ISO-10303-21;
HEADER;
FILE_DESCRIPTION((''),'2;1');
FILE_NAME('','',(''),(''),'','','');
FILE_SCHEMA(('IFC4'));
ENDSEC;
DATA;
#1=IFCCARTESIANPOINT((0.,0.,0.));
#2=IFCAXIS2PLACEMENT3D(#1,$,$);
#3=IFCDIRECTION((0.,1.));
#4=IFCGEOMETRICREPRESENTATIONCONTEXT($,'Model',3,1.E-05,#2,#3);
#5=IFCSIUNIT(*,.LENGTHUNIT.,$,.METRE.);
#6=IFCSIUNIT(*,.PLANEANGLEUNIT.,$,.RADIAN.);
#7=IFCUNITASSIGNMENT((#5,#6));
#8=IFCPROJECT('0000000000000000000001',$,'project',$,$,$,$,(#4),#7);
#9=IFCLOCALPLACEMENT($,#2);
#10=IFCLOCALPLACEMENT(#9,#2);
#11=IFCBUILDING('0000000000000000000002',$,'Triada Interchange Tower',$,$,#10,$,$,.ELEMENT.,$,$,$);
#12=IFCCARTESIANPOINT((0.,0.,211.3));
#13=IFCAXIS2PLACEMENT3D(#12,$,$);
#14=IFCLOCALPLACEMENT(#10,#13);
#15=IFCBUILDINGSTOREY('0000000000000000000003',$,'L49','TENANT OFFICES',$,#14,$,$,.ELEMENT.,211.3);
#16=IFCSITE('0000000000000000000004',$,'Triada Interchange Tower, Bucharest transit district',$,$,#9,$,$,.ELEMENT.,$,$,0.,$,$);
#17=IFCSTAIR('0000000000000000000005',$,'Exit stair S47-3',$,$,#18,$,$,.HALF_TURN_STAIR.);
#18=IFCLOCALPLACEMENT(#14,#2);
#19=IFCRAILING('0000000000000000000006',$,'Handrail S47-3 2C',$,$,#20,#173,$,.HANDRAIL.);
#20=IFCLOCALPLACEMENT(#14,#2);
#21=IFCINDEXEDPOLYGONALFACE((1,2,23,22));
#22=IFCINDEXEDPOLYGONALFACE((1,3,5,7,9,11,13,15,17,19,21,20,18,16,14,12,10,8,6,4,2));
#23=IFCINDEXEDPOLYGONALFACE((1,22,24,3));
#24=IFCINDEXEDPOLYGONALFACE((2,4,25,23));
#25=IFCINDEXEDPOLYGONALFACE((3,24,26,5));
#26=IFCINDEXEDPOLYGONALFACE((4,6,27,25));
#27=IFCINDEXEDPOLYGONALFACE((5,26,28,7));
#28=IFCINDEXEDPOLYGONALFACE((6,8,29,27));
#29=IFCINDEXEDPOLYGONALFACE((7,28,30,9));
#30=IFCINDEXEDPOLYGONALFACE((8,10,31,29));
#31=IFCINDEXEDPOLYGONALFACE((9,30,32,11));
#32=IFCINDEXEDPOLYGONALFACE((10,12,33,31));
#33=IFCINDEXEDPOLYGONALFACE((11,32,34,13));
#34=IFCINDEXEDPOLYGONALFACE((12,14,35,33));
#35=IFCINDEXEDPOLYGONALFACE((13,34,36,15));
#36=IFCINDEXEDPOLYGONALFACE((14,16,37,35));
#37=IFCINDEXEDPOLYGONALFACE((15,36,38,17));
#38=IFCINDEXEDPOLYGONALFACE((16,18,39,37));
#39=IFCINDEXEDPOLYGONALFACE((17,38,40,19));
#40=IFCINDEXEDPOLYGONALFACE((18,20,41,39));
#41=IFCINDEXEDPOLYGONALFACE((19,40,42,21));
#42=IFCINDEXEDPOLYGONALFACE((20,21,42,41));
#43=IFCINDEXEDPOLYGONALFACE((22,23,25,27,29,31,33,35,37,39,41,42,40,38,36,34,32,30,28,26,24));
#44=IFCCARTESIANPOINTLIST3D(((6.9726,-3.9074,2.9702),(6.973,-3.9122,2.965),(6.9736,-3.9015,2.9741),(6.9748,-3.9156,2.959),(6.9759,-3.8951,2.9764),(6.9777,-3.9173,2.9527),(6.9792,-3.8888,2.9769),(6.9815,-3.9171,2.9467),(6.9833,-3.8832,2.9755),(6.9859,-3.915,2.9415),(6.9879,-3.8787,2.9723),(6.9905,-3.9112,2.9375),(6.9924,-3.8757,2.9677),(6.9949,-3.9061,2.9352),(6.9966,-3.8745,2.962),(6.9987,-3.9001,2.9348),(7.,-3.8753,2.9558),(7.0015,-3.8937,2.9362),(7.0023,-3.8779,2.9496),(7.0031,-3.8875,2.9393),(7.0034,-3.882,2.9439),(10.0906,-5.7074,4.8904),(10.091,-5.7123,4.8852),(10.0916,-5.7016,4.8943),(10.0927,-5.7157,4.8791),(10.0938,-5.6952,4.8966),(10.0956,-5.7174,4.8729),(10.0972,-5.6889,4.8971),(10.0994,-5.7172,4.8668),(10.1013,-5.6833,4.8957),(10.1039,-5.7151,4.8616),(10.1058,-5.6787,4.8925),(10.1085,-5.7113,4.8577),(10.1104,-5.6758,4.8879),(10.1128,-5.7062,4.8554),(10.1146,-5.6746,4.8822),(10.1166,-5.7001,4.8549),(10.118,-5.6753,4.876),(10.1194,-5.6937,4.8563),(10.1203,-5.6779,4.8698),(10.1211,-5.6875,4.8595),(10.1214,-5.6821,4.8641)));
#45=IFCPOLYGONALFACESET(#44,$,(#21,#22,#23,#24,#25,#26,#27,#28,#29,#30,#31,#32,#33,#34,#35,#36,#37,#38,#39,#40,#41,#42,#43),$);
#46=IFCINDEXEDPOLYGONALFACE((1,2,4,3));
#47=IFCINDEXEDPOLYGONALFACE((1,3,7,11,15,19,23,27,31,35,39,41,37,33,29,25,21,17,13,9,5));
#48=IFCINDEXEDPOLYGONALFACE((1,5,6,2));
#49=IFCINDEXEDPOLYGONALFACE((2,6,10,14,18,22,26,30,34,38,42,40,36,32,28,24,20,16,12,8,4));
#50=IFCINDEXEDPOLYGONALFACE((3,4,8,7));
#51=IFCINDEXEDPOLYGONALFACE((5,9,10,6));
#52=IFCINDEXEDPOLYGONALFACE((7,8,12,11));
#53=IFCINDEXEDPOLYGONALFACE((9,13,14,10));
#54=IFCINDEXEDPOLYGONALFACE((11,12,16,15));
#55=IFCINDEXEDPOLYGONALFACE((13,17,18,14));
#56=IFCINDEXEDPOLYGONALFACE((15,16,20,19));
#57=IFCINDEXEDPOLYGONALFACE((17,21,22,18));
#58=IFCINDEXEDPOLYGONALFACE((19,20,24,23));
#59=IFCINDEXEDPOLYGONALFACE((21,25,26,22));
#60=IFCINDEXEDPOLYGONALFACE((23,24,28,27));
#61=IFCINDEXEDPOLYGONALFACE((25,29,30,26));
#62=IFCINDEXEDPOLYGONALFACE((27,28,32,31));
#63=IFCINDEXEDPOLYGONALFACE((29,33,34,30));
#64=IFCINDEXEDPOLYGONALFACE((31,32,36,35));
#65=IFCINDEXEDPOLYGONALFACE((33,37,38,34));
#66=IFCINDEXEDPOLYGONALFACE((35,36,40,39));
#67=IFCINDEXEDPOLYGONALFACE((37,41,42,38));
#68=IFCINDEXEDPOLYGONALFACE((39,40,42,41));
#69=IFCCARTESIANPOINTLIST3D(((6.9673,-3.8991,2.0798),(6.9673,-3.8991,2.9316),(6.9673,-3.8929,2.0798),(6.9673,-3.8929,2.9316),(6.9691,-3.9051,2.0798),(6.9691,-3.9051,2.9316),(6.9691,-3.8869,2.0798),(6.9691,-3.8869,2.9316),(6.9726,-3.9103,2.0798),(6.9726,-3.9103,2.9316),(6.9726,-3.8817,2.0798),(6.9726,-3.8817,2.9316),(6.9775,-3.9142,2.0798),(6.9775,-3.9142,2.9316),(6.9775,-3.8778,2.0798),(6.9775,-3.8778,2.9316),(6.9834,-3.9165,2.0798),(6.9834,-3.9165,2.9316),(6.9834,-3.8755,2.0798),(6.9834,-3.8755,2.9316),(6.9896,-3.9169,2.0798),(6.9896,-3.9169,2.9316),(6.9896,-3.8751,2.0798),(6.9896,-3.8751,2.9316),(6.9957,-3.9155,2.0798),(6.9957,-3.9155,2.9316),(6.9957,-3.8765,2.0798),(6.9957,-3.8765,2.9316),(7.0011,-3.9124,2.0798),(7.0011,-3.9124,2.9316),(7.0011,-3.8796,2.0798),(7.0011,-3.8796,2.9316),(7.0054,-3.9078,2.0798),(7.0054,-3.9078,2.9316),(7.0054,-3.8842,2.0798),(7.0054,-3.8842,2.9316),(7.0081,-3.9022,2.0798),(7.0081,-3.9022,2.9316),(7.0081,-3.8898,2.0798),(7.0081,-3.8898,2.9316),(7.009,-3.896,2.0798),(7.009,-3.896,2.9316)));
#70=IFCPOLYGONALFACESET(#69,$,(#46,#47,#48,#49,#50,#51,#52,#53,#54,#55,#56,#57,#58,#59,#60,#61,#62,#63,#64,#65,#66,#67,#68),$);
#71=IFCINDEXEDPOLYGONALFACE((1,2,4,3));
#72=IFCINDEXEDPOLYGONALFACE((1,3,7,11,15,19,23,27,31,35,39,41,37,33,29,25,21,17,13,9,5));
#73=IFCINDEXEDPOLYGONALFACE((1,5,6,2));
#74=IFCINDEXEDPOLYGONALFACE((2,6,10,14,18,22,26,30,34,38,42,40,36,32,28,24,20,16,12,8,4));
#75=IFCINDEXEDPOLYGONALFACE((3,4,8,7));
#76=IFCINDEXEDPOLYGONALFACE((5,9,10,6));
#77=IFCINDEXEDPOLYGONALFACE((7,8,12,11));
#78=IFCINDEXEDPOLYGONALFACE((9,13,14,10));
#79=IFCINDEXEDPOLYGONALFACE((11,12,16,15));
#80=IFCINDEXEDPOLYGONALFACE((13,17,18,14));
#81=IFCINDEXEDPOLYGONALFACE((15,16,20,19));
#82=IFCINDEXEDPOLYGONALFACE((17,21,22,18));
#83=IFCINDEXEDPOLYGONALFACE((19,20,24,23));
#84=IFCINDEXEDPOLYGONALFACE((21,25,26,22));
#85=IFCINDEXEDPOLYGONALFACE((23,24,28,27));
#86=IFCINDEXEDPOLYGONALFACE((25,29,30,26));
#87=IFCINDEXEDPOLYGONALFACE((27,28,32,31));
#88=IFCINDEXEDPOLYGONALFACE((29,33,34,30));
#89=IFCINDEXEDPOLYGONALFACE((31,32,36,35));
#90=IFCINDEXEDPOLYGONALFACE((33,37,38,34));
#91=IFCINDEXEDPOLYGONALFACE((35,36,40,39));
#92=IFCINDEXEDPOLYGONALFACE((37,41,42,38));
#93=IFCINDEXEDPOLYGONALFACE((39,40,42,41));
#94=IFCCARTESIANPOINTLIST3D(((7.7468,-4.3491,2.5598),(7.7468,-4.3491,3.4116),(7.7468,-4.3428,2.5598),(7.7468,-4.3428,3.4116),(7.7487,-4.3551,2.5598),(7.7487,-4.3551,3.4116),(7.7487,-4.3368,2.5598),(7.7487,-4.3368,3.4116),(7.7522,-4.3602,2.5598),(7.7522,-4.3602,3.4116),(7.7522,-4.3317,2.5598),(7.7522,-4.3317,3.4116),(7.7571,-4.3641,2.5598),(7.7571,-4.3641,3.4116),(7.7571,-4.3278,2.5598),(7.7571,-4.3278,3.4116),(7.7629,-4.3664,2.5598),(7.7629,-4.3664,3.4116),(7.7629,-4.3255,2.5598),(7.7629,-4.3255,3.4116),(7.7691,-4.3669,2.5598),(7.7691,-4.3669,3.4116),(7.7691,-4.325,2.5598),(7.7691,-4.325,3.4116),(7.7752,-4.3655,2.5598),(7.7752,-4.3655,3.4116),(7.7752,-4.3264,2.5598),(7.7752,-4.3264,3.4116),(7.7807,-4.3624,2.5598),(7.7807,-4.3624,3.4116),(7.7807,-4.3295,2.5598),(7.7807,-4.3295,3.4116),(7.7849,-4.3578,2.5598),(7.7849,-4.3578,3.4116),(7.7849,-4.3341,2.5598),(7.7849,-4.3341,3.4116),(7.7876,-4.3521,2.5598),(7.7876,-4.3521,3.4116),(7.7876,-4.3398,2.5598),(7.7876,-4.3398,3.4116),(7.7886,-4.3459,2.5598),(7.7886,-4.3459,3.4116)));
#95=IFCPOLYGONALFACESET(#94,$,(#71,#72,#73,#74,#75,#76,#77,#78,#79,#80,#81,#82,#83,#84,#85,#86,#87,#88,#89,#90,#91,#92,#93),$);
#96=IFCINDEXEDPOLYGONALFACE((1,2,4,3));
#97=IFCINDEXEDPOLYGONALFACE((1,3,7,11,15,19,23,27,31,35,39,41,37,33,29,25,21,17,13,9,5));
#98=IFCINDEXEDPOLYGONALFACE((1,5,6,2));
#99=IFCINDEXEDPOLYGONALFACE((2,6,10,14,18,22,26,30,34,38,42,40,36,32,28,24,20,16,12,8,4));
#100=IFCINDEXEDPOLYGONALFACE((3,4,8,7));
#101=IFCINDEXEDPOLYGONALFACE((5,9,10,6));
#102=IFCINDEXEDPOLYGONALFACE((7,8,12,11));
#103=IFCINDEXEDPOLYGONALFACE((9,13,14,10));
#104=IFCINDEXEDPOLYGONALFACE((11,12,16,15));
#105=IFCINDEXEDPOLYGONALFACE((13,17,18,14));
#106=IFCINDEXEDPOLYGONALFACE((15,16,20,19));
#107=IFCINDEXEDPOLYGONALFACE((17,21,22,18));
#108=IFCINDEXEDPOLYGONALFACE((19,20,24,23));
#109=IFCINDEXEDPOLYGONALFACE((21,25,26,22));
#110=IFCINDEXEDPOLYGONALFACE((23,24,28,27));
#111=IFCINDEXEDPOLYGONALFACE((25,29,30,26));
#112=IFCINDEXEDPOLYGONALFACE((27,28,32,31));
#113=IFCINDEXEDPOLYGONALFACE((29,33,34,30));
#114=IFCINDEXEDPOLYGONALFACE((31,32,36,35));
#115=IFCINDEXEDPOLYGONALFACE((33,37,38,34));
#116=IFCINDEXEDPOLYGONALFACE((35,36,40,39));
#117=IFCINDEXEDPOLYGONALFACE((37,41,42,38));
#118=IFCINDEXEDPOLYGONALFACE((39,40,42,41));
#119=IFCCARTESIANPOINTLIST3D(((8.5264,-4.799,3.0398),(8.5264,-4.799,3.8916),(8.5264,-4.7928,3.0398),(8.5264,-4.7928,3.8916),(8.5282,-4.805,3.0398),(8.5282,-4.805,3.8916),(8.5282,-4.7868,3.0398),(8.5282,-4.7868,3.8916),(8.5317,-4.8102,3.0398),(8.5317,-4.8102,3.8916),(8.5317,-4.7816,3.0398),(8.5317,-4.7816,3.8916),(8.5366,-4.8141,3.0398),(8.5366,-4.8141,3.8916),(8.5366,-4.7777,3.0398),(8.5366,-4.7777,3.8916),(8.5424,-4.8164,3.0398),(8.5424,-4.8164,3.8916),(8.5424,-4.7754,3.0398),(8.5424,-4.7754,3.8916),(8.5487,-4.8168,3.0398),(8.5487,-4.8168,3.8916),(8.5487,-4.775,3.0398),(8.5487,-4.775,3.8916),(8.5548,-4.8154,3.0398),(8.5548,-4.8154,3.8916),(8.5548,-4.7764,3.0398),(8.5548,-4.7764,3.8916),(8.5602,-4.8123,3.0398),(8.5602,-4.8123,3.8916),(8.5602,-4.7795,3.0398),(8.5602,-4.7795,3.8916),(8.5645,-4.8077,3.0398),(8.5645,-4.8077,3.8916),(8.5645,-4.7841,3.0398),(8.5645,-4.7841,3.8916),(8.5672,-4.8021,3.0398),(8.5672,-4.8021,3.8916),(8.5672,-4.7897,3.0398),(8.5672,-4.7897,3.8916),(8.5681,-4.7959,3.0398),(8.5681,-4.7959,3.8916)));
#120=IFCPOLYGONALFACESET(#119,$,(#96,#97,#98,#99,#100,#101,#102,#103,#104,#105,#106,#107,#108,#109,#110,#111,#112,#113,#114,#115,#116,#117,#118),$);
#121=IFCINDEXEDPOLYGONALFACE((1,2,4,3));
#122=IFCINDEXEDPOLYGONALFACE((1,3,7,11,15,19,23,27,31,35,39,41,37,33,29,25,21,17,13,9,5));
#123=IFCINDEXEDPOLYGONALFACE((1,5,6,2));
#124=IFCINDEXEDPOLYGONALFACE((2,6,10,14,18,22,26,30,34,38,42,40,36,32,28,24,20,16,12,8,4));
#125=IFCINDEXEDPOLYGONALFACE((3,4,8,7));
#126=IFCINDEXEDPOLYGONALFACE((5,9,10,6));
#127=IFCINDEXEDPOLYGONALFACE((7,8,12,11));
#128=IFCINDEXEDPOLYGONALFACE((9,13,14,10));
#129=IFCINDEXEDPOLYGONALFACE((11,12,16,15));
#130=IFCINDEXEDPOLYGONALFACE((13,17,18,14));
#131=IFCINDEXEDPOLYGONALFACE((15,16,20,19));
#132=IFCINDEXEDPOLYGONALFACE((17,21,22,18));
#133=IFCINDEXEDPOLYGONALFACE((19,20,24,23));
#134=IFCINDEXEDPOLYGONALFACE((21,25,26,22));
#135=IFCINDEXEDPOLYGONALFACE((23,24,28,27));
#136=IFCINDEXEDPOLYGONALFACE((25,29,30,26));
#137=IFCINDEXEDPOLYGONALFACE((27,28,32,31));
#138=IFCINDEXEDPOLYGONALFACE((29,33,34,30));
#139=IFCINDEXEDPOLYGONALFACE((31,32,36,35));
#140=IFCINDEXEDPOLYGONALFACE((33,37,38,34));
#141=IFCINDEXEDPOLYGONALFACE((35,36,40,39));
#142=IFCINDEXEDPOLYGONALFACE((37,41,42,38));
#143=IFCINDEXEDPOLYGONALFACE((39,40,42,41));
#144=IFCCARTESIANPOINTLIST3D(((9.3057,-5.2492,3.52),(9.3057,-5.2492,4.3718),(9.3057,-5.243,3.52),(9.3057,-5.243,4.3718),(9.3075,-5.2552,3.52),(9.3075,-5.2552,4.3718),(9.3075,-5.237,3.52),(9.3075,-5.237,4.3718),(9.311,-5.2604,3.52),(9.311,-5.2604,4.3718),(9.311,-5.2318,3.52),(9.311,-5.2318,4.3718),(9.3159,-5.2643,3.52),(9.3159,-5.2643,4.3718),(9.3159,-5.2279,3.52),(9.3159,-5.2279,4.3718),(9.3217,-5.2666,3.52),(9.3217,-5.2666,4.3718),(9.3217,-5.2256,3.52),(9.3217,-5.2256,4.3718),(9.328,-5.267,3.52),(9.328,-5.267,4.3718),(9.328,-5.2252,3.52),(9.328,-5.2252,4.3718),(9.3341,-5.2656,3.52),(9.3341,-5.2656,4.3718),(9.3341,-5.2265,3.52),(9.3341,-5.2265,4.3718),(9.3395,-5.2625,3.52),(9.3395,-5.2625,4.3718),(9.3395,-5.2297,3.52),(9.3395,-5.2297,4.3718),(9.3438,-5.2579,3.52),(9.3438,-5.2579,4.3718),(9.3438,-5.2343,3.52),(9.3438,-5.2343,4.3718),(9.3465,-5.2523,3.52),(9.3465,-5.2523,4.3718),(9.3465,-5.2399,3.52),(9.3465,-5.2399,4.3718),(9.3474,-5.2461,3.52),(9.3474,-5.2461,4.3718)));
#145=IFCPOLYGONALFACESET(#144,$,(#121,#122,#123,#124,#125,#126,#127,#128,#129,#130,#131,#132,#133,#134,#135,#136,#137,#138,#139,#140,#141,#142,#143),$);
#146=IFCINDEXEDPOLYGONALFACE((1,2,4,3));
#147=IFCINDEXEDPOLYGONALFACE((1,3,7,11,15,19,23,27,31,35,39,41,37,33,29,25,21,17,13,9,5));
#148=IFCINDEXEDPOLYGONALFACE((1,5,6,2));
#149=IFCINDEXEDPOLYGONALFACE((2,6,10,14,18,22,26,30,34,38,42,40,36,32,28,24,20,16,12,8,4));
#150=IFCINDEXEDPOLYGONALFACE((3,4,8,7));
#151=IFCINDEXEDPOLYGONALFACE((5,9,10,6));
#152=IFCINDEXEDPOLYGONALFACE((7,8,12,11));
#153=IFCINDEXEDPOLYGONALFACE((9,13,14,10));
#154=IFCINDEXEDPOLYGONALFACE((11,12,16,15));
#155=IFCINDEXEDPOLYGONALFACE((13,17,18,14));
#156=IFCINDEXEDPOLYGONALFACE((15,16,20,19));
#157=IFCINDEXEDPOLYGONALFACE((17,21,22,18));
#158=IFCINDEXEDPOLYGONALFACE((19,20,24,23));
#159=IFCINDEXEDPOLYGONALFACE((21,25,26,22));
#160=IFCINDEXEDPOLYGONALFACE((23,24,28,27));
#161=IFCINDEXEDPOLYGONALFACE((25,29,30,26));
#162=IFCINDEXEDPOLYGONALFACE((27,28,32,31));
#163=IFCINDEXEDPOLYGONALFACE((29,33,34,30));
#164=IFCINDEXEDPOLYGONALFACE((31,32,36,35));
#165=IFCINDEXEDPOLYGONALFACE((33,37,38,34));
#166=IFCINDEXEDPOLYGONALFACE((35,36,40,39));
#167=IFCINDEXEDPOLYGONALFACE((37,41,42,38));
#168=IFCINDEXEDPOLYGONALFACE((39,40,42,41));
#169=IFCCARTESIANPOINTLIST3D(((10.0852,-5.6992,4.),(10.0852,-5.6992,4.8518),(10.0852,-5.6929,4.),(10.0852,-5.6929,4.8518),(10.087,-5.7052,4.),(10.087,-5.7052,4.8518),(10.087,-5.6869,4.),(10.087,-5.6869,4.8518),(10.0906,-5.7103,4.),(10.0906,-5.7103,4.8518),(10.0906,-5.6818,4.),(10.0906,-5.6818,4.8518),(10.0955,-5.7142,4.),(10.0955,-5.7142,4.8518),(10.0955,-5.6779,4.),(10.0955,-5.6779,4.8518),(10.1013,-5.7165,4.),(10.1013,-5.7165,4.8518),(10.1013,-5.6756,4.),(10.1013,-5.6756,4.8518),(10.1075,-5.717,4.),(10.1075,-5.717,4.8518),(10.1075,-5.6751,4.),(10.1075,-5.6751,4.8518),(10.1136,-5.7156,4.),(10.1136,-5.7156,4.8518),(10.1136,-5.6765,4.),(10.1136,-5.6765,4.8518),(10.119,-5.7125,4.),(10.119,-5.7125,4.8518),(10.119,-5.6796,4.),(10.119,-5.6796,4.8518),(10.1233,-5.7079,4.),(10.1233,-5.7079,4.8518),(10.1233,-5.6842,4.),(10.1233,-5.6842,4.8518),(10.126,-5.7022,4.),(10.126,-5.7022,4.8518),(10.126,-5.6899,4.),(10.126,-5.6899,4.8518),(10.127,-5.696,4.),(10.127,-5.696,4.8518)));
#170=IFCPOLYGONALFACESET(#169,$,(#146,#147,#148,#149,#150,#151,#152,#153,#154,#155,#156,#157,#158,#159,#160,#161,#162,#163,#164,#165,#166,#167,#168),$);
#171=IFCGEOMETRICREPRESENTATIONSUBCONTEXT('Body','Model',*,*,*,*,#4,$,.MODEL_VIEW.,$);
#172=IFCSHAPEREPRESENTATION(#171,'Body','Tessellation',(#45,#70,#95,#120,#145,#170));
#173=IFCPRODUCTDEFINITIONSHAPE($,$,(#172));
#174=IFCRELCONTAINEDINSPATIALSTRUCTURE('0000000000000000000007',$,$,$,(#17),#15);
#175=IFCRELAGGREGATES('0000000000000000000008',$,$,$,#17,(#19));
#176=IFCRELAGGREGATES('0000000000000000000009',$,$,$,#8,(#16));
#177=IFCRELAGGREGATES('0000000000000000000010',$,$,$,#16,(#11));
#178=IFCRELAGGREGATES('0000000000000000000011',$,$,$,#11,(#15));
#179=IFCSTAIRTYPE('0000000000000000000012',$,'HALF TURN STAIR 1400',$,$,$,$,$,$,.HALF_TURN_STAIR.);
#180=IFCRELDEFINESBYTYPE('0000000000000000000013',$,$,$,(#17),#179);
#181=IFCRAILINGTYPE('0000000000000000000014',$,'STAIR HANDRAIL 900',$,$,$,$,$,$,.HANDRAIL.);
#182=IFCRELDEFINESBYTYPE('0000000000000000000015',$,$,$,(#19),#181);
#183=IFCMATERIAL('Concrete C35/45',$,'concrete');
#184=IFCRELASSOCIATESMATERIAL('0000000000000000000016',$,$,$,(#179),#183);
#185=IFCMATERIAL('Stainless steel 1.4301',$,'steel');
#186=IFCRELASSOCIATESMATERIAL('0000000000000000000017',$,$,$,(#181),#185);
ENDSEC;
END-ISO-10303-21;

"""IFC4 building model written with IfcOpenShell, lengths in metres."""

from ifc_helpers import new_model, si_unit, direction, frame, origin, origin_2d, place, context, subcontext, project, spatial, circle, extrude, material, type_object, element, aggregate, save


model = new_model("IFC4")

# Units and contexts
model_context = context("Model", 3, precision=1e-05, world=origin(), true_north=direction((0.0, 1.0)))
body_context = subcontext(model_context, "Body", "Model", "MODEL_VIEW")
ifc_project = project(units=[si_unit("LENGTHUNIT", "METRE"), si_unit("PLANEANGLEUNIT", "RADIAN")], contexts=[model_context])

# Site, building, storey
site_placement = place(None, origin())
site = spatial("IfcSite", under=ifc_project, at=site_placement, Name="Triada Interchange Tower, Bucharest transit district", CompositionType="ELEMENT", RefElevation=0.0)
building_placement = place(site_placement, origin())
building = spatial("IfcBuilding", under=site, at=building_placement, Name="Triada Interchange Tower", CompositionType="ELEMENT")
storey_placement = place(building_placement, frame((0.0, 0.0, 211.3)))
storey = spatial("IfcBuildingStorey", under=building, at=storey_placement, Name="L49", Description="TENANT OFFICES", CompositionType="ELEMENT", Elevation=211.3)

# Stair, railing
ifc_material_1 = material(Name="Concrete C35/45", Category="concrete")
stair_type = type_object("IfcStairType", Name="HALF TURN STAIR 1400", PredefinedType="HALF_TURN_STAIR", material=ifc_material_1)
stair_placement = place(storey_placement, origin())
stair = element("IfcStair", 1, at=stair_placement, inside=storey, type_object=stair_type, Name="Exit stair S47-3", PredefinedType="HALF_TURN_STAIR")
ifc_material_2 = material(Name="Stainless steel 1.4301", Category="steel")
railing_type = type_object("IfcRailingType", Name="STAIR HANDRAIL 900", PredefinedType="HANDRAIL", material=ifc_material_2)
railing_1_placement = place(storey_placement, frame((6.988, -3.896, 2.0798)))
railing_1 = element("IfcRailing", 2, at=railing_1_placement, type_object=railing_type, Name="Handrail S47-3 2C", PredefinedType="HANDRAIL", context=body_context, shape_type="SweptSolid", body=[
    extrude(circle(Radius=0.0239, at=origin_2d()), frame((0.0, 0.0, 0.876), z_axis=(0.764145, -0.441159, 0.470597), x_axis=(0.499983, 0.866035, 0.0)), (0.0, 0.0, 1.0), 4.0803),
    extrude(circle(Radius=0.021, at=origin_2d()), origin(), (0.0, 0.0, 1.0), 0.8518),
    extrude(circle(Radius=0.021, at=origin_2d()), frame((0.7795, -0.45, 0.48)), (0.0, 0.0, 1.0), 0.8518),
    extrude(circle(Radius=0.021, at=origin_2d()), frame((1.5591, -0.8999, 0.96)), (0.0, 0.0, 1.0), 0.8518),
    extrude(circle(Radius=0.021, at=origin_2d()), frame((2.3384, -1.3501, 1.4402)), (0.0, 0.0, 1.0), 0.8518),
    extrude(circle(Radius=0.021, at=origin_2d()), frame((3.1179, -1.8, 1.9202)), (0.0, 0.0, 1.0), 0.8518),
])
aggregate(stair, [railing_1])

save(model, "model.ifc")
